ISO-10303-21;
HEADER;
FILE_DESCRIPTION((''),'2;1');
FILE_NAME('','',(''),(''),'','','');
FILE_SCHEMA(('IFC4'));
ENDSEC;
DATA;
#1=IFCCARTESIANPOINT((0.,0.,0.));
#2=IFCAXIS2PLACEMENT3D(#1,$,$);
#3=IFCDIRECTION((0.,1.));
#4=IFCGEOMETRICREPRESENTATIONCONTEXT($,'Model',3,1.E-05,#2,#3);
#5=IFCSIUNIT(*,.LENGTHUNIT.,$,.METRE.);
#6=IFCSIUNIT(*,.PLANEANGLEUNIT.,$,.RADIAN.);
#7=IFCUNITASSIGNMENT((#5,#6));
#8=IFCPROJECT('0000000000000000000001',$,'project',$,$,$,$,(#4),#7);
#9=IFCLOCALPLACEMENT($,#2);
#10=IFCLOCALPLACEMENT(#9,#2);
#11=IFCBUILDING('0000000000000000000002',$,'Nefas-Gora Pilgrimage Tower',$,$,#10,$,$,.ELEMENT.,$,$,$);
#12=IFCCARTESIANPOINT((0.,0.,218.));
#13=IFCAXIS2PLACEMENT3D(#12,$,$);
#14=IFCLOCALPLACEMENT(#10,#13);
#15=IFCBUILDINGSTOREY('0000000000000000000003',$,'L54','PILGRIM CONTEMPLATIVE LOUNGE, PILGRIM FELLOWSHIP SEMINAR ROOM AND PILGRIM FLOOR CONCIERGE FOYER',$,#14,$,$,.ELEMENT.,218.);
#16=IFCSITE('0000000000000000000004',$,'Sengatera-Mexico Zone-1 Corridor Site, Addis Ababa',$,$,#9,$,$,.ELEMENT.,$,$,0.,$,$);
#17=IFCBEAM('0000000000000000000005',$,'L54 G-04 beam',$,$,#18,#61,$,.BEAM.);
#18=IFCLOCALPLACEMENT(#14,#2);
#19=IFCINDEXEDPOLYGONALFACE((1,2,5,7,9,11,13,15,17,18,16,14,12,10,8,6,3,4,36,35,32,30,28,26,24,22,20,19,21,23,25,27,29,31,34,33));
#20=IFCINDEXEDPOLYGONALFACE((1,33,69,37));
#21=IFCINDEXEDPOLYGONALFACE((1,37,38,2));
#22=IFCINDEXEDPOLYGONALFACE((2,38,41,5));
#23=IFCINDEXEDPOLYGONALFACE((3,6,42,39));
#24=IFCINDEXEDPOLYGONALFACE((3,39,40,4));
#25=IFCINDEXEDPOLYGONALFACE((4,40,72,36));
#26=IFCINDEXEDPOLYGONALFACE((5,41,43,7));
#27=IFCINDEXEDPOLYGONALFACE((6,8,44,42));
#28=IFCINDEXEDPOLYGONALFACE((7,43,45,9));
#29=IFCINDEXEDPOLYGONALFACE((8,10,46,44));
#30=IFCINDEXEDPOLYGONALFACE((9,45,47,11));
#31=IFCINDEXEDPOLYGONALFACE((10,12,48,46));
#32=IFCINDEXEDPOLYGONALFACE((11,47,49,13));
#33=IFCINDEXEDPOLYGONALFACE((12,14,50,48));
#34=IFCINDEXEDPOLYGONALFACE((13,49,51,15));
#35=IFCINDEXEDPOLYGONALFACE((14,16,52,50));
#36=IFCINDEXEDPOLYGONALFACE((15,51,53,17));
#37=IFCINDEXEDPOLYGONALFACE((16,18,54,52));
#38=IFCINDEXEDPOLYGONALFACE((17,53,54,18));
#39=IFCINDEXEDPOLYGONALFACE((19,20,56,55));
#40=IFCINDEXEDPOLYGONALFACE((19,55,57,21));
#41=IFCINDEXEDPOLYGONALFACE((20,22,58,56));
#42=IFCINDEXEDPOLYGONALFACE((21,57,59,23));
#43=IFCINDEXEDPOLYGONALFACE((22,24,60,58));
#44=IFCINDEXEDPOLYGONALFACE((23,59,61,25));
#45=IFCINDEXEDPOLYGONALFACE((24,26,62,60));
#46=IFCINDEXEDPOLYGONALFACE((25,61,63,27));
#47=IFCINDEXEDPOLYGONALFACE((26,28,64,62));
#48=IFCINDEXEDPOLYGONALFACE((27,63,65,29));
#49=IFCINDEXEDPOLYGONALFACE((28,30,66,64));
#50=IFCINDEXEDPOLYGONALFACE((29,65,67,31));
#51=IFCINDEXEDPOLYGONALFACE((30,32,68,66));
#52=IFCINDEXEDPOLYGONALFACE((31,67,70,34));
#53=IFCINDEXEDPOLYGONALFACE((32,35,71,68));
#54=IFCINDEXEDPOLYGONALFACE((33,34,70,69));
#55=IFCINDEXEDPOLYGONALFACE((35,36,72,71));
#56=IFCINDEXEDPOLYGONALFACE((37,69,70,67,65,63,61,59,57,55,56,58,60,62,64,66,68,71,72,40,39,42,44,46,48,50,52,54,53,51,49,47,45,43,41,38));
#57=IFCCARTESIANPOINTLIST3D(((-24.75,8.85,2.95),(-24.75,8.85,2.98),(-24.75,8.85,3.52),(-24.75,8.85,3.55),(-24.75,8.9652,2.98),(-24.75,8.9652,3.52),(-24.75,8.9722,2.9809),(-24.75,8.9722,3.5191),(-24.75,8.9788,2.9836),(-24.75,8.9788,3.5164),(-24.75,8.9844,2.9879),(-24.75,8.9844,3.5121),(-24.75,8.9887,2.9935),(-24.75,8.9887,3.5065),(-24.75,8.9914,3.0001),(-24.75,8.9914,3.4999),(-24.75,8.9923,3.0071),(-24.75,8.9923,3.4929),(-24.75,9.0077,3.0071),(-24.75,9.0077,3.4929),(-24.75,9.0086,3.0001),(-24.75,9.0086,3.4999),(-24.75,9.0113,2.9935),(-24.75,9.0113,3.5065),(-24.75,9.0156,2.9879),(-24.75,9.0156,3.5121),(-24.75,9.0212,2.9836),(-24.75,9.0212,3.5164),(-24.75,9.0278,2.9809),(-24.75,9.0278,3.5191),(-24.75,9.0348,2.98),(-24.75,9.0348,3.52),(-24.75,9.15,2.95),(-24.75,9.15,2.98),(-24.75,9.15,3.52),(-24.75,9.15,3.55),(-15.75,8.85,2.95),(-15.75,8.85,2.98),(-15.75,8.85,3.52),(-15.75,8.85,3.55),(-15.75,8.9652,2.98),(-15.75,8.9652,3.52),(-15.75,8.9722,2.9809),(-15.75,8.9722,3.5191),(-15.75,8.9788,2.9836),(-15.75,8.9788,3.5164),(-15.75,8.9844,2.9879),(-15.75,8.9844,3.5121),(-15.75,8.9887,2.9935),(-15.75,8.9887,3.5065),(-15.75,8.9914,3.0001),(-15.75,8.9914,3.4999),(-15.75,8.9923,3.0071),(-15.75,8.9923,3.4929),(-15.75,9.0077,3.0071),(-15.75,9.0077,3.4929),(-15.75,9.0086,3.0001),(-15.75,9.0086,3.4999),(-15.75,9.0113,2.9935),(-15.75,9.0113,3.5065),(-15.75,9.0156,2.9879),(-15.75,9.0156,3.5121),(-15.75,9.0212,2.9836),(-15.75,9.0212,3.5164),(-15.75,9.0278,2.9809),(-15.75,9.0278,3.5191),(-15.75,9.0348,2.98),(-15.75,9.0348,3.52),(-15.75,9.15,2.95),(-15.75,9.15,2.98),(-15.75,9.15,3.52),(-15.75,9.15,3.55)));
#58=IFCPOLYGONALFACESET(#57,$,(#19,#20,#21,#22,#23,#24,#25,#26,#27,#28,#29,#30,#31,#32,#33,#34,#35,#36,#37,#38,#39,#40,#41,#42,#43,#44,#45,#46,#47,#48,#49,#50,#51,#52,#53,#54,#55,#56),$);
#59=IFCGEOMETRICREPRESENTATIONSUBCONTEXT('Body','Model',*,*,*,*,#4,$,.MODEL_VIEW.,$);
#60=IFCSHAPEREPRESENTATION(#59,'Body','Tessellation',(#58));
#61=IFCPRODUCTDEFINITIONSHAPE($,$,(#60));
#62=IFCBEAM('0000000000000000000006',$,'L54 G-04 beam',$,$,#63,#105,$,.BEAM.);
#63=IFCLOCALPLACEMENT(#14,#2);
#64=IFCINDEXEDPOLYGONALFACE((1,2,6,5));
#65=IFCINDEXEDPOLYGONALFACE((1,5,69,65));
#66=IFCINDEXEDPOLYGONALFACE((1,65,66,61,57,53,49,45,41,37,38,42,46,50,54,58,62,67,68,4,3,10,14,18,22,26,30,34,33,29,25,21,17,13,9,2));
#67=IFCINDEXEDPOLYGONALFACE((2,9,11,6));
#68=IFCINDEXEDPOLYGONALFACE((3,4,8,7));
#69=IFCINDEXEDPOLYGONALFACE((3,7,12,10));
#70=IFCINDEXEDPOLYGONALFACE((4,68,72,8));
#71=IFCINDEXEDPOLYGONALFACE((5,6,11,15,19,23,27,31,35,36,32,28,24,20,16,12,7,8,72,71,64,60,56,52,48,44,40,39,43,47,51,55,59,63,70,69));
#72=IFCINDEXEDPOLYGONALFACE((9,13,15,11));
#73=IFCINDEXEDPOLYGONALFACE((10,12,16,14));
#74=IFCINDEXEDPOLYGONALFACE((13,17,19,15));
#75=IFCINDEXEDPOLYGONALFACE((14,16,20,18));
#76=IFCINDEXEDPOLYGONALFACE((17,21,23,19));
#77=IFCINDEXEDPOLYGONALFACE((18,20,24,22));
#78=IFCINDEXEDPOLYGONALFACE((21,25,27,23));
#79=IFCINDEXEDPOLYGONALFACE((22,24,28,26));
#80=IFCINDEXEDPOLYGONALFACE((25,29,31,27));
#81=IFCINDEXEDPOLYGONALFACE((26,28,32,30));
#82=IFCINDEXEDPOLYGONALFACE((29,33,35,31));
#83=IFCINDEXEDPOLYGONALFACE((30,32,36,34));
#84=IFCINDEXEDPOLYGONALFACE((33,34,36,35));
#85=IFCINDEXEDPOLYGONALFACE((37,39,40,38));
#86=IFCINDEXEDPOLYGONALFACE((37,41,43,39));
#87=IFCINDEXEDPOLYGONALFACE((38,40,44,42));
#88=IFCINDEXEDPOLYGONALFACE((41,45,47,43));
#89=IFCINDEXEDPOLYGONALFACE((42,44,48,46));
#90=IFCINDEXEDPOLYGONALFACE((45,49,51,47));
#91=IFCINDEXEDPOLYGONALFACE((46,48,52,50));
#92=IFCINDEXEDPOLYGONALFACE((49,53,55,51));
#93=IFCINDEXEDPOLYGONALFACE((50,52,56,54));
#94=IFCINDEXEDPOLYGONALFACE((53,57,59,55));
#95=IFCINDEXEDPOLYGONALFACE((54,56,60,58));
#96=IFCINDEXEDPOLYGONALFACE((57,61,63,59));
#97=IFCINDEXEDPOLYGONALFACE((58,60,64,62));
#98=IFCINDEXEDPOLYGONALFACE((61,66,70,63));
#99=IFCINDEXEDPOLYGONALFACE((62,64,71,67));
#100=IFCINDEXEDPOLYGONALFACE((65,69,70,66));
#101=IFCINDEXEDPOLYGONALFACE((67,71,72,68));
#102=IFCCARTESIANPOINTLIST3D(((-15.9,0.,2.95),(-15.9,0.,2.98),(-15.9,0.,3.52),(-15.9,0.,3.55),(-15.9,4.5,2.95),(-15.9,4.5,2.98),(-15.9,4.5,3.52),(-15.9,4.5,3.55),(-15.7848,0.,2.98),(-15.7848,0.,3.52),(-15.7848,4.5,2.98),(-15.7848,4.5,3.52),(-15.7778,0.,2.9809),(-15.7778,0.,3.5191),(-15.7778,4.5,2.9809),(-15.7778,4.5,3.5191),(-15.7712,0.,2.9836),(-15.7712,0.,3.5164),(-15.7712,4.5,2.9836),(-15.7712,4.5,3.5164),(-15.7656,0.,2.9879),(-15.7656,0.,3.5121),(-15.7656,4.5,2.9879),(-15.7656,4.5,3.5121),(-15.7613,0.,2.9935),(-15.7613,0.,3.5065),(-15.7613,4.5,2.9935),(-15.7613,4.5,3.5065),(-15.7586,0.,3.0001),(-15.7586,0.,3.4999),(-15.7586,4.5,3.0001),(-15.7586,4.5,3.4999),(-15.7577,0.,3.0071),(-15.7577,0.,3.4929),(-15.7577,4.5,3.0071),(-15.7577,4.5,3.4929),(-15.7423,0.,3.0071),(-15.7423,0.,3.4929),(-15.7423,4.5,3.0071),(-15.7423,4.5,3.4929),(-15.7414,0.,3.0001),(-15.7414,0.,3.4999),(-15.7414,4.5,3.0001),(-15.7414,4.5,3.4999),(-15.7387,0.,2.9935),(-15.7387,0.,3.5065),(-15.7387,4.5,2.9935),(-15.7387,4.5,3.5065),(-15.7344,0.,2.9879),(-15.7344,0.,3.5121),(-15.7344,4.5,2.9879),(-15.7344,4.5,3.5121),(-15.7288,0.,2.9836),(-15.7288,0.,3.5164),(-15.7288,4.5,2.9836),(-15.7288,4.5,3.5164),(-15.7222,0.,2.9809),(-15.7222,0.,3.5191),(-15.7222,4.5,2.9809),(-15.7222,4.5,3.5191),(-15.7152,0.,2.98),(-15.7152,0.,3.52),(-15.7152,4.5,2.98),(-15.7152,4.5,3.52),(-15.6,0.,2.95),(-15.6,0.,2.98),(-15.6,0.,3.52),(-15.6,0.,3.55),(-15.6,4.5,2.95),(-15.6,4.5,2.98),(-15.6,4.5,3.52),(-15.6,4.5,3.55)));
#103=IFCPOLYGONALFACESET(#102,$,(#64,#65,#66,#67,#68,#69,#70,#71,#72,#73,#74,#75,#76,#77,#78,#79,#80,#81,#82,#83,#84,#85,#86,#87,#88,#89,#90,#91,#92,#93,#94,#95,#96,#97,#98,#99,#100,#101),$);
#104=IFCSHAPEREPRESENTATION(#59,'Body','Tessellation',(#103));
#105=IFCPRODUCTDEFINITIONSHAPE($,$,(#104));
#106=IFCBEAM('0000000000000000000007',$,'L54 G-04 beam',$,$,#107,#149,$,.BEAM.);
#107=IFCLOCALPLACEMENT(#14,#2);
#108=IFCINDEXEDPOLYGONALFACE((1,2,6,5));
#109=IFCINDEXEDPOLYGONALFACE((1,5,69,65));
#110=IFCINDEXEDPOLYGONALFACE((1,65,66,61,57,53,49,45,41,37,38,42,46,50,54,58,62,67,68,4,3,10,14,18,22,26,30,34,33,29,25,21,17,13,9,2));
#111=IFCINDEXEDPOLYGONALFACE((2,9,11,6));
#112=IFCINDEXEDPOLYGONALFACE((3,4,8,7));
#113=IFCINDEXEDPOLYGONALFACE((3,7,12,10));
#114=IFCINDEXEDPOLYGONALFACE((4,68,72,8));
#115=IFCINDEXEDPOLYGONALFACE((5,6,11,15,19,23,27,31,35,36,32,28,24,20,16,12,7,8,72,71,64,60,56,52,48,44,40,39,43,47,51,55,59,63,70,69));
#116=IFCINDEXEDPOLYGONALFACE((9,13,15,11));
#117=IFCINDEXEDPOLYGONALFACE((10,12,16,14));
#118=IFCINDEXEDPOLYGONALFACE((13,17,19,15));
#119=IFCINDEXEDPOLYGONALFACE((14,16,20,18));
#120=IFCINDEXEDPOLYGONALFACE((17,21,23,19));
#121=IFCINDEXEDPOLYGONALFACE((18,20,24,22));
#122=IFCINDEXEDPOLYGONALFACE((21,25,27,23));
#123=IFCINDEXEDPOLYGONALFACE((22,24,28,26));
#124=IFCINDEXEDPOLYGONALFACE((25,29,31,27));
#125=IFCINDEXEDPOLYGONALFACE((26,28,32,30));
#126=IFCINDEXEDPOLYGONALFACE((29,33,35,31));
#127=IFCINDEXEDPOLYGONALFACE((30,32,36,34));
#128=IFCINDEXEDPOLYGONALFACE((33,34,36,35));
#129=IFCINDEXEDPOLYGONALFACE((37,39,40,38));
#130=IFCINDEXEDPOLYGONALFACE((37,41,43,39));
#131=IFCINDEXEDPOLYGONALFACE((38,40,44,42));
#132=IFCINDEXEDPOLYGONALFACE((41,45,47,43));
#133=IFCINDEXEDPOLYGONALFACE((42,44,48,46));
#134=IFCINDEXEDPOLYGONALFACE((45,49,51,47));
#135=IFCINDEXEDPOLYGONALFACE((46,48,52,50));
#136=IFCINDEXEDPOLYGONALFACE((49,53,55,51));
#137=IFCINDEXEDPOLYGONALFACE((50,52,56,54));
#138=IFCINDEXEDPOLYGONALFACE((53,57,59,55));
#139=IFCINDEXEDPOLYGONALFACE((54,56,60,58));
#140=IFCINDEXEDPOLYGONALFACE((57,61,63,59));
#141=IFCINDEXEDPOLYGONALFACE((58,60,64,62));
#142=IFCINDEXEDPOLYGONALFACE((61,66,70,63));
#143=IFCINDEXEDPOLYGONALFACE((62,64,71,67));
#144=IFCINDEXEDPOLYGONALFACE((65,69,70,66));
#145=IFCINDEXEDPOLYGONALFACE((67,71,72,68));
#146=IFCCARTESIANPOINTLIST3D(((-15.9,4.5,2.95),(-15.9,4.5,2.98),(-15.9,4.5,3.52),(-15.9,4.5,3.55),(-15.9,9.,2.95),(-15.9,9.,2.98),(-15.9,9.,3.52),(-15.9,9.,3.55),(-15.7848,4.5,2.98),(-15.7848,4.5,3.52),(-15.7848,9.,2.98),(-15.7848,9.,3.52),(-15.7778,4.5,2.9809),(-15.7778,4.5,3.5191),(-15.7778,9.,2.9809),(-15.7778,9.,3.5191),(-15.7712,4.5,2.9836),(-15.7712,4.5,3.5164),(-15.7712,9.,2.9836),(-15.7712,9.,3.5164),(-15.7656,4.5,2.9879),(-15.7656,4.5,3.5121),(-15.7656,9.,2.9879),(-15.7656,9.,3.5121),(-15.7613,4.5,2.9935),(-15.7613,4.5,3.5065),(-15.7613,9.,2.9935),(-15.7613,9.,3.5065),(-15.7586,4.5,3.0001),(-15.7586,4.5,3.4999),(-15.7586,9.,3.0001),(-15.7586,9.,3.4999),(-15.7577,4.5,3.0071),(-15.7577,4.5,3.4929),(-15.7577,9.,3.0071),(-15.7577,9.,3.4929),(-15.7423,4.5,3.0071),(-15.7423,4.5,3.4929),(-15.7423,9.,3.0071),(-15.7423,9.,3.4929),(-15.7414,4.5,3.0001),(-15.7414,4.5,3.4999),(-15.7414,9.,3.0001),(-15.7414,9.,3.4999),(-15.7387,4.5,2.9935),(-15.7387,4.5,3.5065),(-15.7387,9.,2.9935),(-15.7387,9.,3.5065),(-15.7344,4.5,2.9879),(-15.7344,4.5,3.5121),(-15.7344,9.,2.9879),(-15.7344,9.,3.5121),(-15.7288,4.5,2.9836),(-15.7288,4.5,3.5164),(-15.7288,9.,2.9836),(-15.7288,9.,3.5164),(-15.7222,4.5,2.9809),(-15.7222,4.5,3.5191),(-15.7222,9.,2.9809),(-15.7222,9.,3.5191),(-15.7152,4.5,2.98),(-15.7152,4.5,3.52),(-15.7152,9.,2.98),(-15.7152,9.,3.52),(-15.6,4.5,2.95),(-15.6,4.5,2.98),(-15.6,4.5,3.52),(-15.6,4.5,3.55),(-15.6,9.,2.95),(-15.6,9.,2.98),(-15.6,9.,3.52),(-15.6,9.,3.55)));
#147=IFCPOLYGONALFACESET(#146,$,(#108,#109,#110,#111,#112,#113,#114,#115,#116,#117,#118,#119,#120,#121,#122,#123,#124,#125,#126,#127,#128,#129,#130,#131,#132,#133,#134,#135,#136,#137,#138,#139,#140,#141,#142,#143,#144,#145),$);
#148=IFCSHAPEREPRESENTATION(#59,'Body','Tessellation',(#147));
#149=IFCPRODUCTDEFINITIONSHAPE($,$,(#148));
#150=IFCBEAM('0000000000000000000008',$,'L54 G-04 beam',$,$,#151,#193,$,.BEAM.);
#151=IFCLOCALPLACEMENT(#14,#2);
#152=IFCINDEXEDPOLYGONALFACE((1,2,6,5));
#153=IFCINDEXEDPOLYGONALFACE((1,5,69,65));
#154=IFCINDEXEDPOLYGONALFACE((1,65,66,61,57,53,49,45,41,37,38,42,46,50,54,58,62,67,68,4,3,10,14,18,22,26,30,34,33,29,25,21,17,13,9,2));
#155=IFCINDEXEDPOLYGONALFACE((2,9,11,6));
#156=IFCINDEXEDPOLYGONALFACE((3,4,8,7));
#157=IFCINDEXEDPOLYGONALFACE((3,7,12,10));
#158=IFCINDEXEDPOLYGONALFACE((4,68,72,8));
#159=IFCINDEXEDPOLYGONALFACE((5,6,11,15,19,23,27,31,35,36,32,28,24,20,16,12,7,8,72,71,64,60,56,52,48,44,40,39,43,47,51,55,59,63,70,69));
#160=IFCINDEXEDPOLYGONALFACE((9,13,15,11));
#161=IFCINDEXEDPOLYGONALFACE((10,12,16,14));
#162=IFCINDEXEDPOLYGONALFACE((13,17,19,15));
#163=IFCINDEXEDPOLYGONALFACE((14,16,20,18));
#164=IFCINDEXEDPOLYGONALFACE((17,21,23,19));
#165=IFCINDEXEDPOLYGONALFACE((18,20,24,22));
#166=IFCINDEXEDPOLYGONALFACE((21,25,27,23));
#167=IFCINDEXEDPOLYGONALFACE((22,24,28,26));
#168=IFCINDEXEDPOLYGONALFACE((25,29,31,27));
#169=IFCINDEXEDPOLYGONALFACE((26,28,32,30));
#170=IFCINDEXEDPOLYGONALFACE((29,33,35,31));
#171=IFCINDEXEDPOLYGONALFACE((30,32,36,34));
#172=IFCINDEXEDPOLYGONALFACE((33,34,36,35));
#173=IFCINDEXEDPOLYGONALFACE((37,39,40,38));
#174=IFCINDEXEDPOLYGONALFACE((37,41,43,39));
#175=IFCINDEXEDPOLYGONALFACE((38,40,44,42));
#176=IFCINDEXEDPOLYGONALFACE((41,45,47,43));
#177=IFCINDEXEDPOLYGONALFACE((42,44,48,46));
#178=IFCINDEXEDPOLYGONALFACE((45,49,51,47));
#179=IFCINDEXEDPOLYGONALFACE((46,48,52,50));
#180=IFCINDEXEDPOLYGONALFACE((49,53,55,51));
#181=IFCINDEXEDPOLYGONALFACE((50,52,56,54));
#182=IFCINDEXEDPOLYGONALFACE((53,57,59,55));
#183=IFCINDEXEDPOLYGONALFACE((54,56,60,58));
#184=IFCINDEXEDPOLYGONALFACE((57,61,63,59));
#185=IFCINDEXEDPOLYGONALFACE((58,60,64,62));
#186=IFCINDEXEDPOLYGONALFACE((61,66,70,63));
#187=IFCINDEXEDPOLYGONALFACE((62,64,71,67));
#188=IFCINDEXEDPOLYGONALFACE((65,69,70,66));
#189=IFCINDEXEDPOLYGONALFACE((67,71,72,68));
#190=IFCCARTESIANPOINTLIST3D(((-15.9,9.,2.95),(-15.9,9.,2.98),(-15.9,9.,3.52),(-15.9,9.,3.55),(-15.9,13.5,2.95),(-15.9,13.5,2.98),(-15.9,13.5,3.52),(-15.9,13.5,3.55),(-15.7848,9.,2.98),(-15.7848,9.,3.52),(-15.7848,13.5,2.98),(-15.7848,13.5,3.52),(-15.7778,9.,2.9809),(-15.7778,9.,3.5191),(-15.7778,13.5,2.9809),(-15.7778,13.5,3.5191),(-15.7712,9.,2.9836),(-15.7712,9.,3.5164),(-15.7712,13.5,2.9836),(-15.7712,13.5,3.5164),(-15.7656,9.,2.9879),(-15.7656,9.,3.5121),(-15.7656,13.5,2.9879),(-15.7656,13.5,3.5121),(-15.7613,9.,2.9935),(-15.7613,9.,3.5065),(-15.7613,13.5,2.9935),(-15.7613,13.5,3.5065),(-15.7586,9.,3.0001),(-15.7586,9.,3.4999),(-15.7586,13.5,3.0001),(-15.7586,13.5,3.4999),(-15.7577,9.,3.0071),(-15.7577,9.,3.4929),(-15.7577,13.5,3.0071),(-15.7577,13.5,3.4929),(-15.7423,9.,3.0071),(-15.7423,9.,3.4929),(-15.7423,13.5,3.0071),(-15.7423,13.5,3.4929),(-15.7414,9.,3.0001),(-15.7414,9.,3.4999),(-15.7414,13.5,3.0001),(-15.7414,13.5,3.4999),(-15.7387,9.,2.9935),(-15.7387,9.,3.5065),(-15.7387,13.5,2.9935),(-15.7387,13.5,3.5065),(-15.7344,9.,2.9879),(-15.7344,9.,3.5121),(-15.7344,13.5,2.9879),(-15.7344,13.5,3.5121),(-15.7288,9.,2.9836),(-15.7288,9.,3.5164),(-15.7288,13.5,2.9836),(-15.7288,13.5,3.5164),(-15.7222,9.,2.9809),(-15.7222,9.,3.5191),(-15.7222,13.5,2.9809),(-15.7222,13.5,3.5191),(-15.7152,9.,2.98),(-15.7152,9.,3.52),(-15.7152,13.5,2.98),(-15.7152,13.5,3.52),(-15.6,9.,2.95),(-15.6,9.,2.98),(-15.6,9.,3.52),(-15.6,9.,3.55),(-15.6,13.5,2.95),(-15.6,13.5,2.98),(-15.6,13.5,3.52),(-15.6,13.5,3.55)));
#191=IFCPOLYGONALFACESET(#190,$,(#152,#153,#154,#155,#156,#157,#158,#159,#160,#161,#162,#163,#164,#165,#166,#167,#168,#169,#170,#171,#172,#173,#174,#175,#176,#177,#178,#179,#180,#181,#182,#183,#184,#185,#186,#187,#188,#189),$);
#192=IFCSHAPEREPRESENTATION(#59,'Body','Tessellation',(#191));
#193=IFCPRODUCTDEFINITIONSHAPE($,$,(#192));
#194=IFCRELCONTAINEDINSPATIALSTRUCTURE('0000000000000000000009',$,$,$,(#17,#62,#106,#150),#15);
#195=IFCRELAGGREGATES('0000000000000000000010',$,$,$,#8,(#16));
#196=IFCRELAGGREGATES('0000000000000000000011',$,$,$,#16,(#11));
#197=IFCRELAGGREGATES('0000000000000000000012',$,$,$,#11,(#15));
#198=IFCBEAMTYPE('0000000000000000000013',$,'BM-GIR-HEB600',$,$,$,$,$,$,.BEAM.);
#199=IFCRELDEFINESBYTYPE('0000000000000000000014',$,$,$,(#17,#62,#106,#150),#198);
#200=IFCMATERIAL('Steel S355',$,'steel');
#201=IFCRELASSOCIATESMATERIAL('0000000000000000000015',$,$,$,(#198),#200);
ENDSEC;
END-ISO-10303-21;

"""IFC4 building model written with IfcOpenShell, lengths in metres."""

from ifc_helpers import new_model, si_unit, direction, frame, origin, origin_2d, place, context, subcontext, project, spatial, i_section, extrude, source, transform, mapped, material, material_profile, profile_set, type_object, element, save


model = new_model("IFC4")

# Units and contexts
model_context = context("Model", 3, precision=1e-05, world=origin(), true_north=direction((0.0, 1.0)))
body_context = subcontext(model_context, "Body", "Model", "MODEL_VIEW")
ifc_project = project(units=[si_unit("LENGTHUNIT", "METRE"), si_unit("PLANEANGLEUNIT", "RADIAN")], contexts=[model_context])

# Site, building, storey
site_placement = place(None, origin())
site = spatial("IfcSite", under=ifc_project, at=site_placement, Name="Sengatera-Mexico Zone-1 Corridor Site, Addis Ababa", CompositionType="ELEMENT", RefElevation=0.0)
building_placement = place(site_placement, origin())
building = spatial("IfcBuilding", under=site, at=building_placement, Name="Nefas-Gora Pilgrimage Tower", CompositionType="ELEMENT")
storey_placement = place(building_placement, frame((0.0, 0.0, 218.0)))
storey = spatial("IfcBuildingStorey", under=building, at=storey_placement, Name="L54", Description="PILGRIM CONTEMPLATIVE LOUNGE, PILGRIM FELLOWSHIP SEMINAR ROOM AND PILGRIM FLOOR CONCIERGE FOYER", CompositionType="ELEMENT", Elevation=218.0)

# Beams
ifc_material_1 = material(Name="Steel S355", Category="steel")
ifc_material_profile_1 = material_profile(ifc_material_1, i_section(OverallWidth=0.3, OverallDepth=0.6001, WebThickness=0.0154, FlangeThickness=0.03, FilletRadius=0.0271, at=origin_2d()), Name="HEB 600")
ifc_profile_set_1 = profile_set([ifc_material_profile_1], Name="Steel S355")
beam_type_1 = type_object("IfcBeamType", Name="BM-GIR-HEB600", PredefinedType="BEAM", material=ifc_profile_set_1)
shared_shape_1 = source(origin(), body_context, "Body", "SweptSolid", [
    extrude(i_section(OverallWidth=0.3, OverallDepth=0.6001, WebThickness=0.0154, FlangeThickness=0.03, FilletRadius=0.0271, at=origin_2d()), origin(), (0.0, 0.0, 1.0), 9.0),
])
for number, where, z_axis, x_axis, name in (
    (1, (-24.75, 9.0, 3.25), (1.0, 0.0, 0.0), (0.0, 1.0, 0.0), "L54 G-04 beam"),
):
    element("IfcBeam", number, at=place(storey_placement, frame(where, z_axis=z_axis, x_axis=x_axis)), inside=storey, type_object=beam_type_1, Name=name, PredefinedType="BEAM", context=body_context, shape_type="MappedRepresentation", body=[
        mapped(shared_shape_1, transform((0.0, 0.0, 0.0), x_axis=(1.0, 0.0, 0.0), y_axis=(0.0, 1.0, 0.0), z_axis=(0.0, 0.0, 1.0), scale=1.0)),
    ])
shared_shape_2 = source(origin(), body_context, "Body", "SweptSolid", [
    extrude(i_section(OverallWidth=0.3, OverallDepth=0.6001, WebThickness=0.0154, FlangeThickness=0.03, FilletRadius=0.0271, at=origin_2d()), origin(), (0.0, 0.0, 1.0), 4.5),
])
for number, where, z_axis, x_axis, name in (
    (2, (-15.75, 0.0, 3.25), (0.0, 1.0, 0.0), (-1.0, 0.0, 0.0), "L54 G-04 beam"),
    (3, (-15.75, 4.5, 3.25), (0.0, 1.0, 0.0), (-1.0, 0.0, 0.0), "L54 G-04 beam"),
    (4, (-15.75, 9.0, 3.25), (0.0, 1.0, 0.0), (-1.0, 0.0, 0.0), "L54 G-04 beam"),
):
    element("IfcBeam", number, at=place(storey_placement, frame(where, z_axis=z_axis, x_axis=x_axis)), inside=storey, type_object=beam_type_1, Name=name, PredefinedType="BEAM", context=body_context, shape_type="MappedRepresentation", body=[
        mapped(shared_shape_2, transform((0.0, 0.0, 0.0), x_axis=(1.0, 0.0, 0.0), y_axis=(0.0, 1.0, 0.0), z_axis=(0.0, 0.0, 1.0), scale=1.0)),
    ])

save(model, "model.ifc")
